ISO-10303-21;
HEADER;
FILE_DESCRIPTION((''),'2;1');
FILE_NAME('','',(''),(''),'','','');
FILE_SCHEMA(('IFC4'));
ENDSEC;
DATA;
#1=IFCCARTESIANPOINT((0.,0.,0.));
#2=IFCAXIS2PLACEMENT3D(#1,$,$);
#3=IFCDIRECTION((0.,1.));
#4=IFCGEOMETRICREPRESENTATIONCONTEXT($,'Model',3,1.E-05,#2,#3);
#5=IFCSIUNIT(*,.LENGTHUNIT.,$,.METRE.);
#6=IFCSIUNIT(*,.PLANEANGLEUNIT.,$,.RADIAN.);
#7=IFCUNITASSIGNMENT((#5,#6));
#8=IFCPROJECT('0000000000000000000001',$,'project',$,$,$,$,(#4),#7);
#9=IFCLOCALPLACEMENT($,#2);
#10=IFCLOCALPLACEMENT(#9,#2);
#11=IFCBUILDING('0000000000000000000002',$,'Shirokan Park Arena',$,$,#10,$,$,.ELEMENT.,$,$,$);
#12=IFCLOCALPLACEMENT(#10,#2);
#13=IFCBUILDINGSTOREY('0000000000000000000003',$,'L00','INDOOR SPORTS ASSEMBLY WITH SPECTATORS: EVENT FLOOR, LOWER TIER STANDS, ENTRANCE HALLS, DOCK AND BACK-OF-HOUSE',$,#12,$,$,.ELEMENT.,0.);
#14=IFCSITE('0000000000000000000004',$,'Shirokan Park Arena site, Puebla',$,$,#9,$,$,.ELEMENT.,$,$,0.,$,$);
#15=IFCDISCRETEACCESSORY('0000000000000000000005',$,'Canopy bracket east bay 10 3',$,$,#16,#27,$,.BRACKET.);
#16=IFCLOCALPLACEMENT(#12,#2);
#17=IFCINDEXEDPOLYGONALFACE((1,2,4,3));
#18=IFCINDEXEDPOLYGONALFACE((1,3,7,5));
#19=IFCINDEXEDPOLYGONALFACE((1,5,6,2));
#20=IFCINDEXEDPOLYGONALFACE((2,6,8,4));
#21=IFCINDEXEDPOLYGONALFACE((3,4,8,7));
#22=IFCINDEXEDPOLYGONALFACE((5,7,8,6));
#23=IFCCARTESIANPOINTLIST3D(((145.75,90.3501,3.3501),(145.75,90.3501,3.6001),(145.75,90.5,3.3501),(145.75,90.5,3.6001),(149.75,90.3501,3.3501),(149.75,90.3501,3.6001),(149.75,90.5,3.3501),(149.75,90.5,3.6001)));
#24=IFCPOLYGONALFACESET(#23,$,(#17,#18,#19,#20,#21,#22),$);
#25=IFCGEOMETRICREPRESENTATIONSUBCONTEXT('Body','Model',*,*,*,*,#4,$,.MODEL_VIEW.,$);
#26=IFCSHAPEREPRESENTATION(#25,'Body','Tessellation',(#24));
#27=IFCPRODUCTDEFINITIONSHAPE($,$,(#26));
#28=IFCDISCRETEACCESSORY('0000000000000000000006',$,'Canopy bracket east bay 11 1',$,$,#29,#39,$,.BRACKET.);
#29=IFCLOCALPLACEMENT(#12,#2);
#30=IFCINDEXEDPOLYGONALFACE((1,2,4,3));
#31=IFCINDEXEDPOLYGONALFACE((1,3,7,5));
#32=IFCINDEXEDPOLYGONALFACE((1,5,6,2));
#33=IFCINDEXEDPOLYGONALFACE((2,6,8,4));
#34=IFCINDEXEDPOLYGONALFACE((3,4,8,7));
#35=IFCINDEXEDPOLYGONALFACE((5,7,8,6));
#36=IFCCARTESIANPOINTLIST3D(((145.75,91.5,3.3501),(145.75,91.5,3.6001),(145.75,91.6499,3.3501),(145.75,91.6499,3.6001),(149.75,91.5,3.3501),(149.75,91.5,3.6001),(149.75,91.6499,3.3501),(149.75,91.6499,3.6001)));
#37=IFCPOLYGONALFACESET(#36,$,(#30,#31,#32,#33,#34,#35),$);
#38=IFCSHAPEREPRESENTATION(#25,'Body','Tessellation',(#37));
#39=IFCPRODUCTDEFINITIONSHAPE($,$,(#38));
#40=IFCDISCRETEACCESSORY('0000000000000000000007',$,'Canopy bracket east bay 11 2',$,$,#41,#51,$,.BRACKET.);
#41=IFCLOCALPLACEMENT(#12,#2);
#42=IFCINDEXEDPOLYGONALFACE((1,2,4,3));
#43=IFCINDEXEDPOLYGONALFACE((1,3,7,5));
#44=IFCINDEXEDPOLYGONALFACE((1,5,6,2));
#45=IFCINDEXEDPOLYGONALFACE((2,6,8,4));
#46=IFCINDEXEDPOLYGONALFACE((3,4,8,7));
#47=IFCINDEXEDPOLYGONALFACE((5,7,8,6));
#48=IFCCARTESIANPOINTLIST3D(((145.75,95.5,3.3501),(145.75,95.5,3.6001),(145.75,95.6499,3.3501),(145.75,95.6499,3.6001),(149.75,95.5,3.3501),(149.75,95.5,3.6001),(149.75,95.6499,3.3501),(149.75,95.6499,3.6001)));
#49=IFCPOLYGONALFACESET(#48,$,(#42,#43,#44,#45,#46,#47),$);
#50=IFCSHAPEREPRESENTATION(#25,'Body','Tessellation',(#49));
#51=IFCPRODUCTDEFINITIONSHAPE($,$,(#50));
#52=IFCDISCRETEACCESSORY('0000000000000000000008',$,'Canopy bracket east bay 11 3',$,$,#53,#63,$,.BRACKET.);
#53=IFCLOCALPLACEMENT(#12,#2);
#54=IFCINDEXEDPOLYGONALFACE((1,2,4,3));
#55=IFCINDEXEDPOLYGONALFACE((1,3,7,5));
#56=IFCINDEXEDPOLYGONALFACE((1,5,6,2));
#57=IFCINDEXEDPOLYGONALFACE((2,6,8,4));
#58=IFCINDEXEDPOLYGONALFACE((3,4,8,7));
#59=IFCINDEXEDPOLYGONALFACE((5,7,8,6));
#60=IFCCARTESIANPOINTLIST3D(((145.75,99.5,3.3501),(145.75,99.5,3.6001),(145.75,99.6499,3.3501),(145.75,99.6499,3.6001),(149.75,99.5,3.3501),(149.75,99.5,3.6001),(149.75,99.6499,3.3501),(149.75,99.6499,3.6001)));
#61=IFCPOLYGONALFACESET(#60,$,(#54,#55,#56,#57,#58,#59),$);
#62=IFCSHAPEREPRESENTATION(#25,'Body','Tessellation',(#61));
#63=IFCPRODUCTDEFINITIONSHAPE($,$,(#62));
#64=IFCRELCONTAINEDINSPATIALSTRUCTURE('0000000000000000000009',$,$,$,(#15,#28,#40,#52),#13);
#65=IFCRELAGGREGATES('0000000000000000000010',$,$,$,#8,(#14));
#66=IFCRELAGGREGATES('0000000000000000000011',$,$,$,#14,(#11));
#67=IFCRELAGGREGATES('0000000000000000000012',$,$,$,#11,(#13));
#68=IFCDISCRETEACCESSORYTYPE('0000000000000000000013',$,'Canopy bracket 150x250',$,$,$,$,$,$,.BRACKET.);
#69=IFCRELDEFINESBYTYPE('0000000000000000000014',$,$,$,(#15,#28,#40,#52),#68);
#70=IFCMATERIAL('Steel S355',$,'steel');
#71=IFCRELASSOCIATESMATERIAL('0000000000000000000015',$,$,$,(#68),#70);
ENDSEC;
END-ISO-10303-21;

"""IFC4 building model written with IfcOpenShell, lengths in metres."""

from ifc_helpers import new_model, si_unit, direction, frame, origin, origin_2d, place, context, subcontext, project, spatial, rectangle, extrude, material, type_object, element, save


model = new_model("IFC4")

# Units and contexts
model_context = context("Model", 3, precision=1e-05, world=origin(), true_north=direction((0.0, 1.0)))
body_context = subcontext(model_context, "Body", "Model", "MODEL_VIEW")
ifc_project = project(units=[si_unit("LENGTHUNIT", "METRE"), si_unit("PLANEANGLEUNIT", "RADIAN")], contexts=[model_context])

# Site, building, storey
site_placement = place(None, origin())
site = spatial("IfcSite", under=ifc_project, at=site_placement, Name="Shirokan Park Arena site, Puebla", CompositionType="ELEMENT", RefElevation=0.0)
building_placement = place(site_placement, origin())
building = spatial("IfcBuilding", under=site, at=building_placement, Name="Shirokan Park Arena", CompositionType="ELEMENT")
storey_placement = place(building_placement, origin())
storey = spatial("IfcBuildingStorey", under=building, at=storey_placement, Name="L00", Description="INDOOR SPORTS ASSEMBLY WITH SPECTATORS: EVENT FLOOR, LOWER TIER STANDS, ENTRANCE HALLS, DOCK AND BACK-OF-HOUSE", CompositionType="ELEMENT", Elevation=0.0)

# Shared definitions
ifc_material_1 = material(Name="Steel S355", Category="steel")

# Discrete accessories
discrete_accessory_type = type_object("IfcDiscreteAccessoryType", Name="Canopy bracket 150x250", PredefinedType="BRACKET", material=ifc_material_1)
for number, where, z_axis, x_axis, name in (
    (1, (147.75, 90.425, 3.3501), (0.0, 0.0, 1.0), (0.0, 1.0, 0.0), "Canopy bracket east bay 10 3"),
    (2, (147.75, 91.575, 3.3501), (0.0, 0.0, 1.0), (0.0, 1.0, 0.0), "Canopy bracket east bay 11 1"),
    (3, (147.75, 95.575, 3.3501), (0.0, 0.0, 1.0), (0.0, 1.0, 0.0), "Canopy bracket east bay 11 2"),
    (4, (147.75, 99.575, 3.3501), (0.0, 0.0, 1.0), (0.0, 1.0, 0.0), "Canopy bracket east bay 11 3"),
):
    element("IfcDiscreteAccessory", number, at=place(storey_placement, frame(where, z_axis=z_axis, x_axis=x_axis)), inside=storey, type_object=discrete_accessory_type, Name=name, PredefinedType="BRACKET", context=body_context, shape_type="SweptSolid", body=[
        extrude(rectangle(XDim=0.1499, YDim=4.0, at=origin_2d()), origin(), (0.0, 0.0, 1.0), 0.25),
    ])

save(model, "model.ifc")
